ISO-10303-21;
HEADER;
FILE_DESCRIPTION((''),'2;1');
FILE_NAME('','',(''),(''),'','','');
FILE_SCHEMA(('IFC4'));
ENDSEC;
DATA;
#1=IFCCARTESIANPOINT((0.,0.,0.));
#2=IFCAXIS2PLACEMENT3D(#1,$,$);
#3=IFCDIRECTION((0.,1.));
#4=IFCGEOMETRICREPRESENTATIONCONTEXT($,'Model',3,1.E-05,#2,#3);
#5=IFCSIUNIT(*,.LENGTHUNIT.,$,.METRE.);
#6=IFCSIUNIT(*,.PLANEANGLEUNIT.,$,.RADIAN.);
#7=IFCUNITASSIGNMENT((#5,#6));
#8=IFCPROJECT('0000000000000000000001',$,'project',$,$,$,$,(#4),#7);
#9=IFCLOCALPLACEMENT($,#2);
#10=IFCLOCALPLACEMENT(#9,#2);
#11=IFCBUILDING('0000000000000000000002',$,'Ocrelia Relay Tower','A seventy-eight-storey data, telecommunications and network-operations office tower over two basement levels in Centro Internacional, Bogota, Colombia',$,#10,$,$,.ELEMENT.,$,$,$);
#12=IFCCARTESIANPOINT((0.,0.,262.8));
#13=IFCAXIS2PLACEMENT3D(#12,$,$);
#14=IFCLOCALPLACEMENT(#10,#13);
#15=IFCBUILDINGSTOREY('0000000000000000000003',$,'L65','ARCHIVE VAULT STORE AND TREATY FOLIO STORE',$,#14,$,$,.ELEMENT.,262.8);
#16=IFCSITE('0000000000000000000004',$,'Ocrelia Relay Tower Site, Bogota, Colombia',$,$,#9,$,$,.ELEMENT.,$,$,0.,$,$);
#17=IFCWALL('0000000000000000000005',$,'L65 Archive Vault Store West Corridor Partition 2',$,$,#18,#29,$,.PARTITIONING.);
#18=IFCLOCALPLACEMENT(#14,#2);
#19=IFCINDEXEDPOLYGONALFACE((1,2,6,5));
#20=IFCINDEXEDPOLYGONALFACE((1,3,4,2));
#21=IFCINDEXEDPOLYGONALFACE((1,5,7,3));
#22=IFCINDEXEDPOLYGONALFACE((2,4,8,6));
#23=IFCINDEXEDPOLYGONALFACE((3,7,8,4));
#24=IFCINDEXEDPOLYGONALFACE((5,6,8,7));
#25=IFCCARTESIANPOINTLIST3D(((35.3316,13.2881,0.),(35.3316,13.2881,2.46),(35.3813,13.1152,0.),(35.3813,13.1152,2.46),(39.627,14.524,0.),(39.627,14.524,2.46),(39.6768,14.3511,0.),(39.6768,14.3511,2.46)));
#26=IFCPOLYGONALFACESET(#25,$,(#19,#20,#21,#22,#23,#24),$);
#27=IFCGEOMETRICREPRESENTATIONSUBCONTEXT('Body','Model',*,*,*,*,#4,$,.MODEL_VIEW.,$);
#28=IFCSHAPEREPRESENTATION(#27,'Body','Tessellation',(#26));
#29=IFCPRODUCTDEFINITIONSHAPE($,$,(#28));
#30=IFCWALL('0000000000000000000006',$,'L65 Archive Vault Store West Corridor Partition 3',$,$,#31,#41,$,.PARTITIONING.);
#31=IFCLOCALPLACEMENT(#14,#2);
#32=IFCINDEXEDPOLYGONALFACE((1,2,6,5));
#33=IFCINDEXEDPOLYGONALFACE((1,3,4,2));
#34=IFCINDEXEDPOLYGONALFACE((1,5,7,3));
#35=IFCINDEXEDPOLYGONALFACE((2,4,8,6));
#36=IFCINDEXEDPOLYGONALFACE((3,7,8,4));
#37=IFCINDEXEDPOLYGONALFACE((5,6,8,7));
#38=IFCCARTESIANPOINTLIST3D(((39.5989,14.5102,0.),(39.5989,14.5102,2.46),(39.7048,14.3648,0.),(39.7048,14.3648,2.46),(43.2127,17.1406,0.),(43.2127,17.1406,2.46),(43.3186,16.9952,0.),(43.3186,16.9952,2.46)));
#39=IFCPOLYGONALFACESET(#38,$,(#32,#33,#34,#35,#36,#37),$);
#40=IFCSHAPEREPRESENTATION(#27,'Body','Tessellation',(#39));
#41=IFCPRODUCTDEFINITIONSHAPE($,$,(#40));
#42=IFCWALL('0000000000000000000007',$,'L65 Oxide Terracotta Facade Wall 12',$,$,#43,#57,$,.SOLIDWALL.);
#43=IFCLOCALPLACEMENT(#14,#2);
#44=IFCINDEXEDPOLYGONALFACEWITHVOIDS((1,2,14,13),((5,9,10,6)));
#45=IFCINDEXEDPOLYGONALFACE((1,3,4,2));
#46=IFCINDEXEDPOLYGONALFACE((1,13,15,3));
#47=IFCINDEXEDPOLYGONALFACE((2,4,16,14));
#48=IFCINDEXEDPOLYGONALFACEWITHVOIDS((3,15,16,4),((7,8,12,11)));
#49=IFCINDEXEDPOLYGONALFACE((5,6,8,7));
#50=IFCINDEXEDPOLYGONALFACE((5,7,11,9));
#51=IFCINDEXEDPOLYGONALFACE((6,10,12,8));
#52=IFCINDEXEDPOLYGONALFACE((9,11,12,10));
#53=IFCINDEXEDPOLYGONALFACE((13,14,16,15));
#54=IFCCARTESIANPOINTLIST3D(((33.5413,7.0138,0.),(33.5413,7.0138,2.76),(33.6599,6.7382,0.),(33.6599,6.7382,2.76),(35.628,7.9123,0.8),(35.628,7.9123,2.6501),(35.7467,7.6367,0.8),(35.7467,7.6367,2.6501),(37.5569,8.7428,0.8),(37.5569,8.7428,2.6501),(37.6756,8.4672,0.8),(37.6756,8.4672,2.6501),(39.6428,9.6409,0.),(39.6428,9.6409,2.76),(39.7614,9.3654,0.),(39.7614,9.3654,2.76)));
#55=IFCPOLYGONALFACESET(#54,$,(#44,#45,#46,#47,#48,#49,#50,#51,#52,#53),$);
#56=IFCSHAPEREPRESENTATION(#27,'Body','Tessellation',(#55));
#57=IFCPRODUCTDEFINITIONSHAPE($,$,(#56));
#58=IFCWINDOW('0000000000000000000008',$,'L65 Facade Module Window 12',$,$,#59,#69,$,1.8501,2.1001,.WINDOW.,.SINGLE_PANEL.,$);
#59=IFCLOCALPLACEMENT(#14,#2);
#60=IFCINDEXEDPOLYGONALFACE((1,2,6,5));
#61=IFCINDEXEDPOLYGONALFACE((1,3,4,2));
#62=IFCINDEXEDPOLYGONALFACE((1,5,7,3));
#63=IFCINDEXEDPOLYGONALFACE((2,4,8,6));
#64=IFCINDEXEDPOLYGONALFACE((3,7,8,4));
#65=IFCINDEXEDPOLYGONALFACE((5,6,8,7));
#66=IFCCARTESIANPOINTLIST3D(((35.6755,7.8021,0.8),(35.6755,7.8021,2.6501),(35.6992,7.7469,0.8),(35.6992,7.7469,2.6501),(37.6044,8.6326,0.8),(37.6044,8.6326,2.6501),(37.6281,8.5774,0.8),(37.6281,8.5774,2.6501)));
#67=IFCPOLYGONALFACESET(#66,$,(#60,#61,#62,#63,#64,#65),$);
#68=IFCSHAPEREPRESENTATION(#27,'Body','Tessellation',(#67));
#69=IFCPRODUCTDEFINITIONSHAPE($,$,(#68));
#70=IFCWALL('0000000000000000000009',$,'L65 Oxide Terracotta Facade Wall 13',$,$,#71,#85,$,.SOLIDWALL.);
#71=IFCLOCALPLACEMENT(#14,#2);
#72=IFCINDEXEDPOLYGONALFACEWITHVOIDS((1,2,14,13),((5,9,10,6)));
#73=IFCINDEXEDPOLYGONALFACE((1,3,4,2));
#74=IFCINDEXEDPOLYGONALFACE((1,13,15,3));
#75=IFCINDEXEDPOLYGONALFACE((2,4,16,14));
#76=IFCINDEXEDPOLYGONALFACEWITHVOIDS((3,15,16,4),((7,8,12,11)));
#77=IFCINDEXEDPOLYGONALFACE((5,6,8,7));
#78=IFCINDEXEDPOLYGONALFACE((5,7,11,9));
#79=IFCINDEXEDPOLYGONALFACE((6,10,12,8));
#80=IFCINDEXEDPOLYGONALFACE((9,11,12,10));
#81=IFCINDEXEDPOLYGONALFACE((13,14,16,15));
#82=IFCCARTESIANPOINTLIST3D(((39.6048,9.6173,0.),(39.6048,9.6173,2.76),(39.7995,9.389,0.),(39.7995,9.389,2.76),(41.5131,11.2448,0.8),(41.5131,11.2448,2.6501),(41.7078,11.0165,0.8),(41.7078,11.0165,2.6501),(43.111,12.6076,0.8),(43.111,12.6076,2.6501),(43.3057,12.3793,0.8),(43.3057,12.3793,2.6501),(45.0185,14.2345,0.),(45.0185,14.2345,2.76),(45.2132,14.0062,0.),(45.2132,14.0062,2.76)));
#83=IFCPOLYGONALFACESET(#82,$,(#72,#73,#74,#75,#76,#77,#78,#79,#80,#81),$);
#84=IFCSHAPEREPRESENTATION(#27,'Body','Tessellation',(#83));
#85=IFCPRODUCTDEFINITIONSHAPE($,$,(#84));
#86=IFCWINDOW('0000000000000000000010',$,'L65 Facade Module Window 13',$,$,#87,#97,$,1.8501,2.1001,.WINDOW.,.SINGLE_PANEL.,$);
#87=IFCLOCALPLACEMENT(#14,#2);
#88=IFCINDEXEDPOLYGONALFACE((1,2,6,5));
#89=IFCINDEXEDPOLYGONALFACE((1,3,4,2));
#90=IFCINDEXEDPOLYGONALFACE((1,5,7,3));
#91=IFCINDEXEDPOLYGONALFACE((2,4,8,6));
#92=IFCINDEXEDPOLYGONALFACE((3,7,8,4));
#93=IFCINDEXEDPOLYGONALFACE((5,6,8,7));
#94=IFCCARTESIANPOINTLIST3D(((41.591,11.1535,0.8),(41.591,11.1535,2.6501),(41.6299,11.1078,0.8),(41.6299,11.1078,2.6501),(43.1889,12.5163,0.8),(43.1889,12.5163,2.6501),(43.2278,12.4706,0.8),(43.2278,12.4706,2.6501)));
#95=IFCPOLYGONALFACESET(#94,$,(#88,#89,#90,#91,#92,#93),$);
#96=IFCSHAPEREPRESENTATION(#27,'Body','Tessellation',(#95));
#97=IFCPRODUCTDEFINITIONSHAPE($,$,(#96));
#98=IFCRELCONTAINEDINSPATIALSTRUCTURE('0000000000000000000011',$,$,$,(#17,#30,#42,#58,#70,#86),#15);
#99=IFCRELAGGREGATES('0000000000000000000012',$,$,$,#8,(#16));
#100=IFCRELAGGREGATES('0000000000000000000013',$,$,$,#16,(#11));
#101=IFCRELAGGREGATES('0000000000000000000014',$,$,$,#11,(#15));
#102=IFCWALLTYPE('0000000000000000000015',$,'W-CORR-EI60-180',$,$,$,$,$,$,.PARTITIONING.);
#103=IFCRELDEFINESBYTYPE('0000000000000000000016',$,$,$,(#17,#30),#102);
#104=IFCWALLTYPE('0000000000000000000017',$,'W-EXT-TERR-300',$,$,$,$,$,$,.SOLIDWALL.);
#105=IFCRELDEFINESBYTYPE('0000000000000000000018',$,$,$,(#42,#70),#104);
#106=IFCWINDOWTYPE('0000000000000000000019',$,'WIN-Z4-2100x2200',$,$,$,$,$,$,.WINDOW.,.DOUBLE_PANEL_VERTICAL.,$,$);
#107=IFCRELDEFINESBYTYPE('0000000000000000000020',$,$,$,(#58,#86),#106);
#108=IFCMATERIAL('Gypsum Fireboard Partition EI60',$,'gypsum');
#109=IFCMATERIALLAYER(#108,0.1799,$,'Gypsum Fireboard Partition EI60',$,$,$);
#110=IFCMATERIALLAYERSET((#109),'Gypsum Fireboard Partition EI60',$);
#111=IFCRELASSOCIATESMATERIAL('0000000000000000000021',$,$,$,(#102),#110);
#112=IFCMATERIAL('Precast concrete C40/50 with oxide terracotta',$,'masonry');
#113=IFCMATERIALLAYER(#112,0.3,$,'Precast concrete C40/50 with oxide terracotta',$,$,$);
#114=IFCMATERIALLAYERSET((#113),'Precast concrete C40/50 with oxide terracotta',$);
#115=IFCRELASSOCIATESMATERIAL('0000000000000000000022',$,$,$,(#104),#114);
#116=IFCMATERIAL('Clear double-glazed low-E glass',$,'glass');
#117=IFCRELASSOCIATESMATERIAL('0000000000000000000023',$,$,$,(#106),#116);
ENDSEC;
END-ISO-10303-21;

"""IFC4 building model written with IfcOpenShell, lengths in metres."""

from ifc_helpers import new_model, si_unit, direction, frame, frame_2d, origin, place, context, subcontext, project, spatial, rectangle, extrude, material, layer, layer_set, type_object, element, fill, save


model = new_model("IFC4")

# Units and contexts
model_context = context("Model", 3, precision=1e-05, world=origin(), true_north=direction((0.0, 1.0)))
body_context = subcontext(model_context, "Body", "Model", "MODEL_VIEW")
ifc_project = project(units=[si_unit("LENGTHUNIT", "METRE"), si_unit("PLANEANGLEUNIT", "RADIAN")], contexts=[model_context])

# Site, building, storey
site_placement = place(None, origin())
site = spatial("IfcSite", under=ifc_project, at=site_placement, Name="Ocrelia Relay Tower Site, Bogota, Colombia", CompositionType="ELEMENT", RefElevation=0.0)
building_placement = place(site_placement, origin())
building = spatial("IfcBuilding", under=site, at=building_placement, Name="Ocrelia Relay Tower", Description="A seventy-eight-storey data, telecommunications and network-operations office tower over two basement levels in Centro Internacional, Bogota, Colombia", CompositionType="ELEMENT")
storey_placement = place(building_placement, frame((0.0, 0.0, 262.8)))
storey = spatial("IfcBuildingStorey", under=building, at=storey_placement, Name="L65", Description="ARCHIVE VAULT STORE AND TREATY FOLIO STORE", CompositionType="ELEMENT", Elevation=262.8)

# Walls
ifc_material_1 = material(Name="Gypsum Fireboard Partition EI60", Category="gypsum")
ifc_layer_1 = layer(ifc_material_1, 0.1799, Name="Gypsum Fireboard Partition EI60")
ifc_layer_set_1 = layer_set([ifc_layer_1], Name="Gypsum Fireboard Partition EI60")
wall_type_1 = type_object("IfcWallType", Name="W-CORR-EI60-180", PredefinedType="PARTITIONING", material=ifc_layer_set_1)
for number, where, z_axis, x_axis, name in (
    (1, (35.3564, 13.2017, 0.0), (0.0, 0.0, 1.0), (0.961015, 0.276495, 0.0), "L65 Archive Vault Store West Corridor Partition 2"),
    (2, (39.6519, 14.4375, 0.0), (0.0, 0.0, 1.0), (0.808505, 0.58849, 0.0), "L65 Archive Vault Store West Corridor Partition 3"),
):
    element("IfcWall", number, at=place(storey_placement, frame(where, z_axis=z_axis, x_axis=x_axis)), inside=storey, type_object=wall_type_1, Name=name, PredefinedType="PARTITIONING", context=body_context, shape_type="SweptSolid", body=[
        extrude(rectangle(XDim=4.4697, YDim=0.1799, at=frame_2d((2.2349, 0.0))), origin(), (0.0, 0.0, 1.0), 2.46),
    ])

# Walls, openings, windows
ifc_material_2 = material(Name="Precast concrete C40/50 with oxide terracotta", Category="masonry")
ifc_layer_2 = layer(ifc_material_2, 0.3, Name="Precast concrete C40/50 with oxide terracotta")
ifc_layer_set_2 = layer_set([ifc_layer_2], Name="Precast concrete C40/50 with oxide terracotta")
wall_type_2 = type_object("IfcWallType", Name="W-EXT-TERR-300", PredefinedType="SOLIDWALL", material=ifc_layer_set_2)
wall_1_placement = place(storey_placement, frame((33.6006, 6.876, 0.0), z_axis=(0.0, 0.0, 1.0), x_axis=(0.918476, 0.395476, 0.0)))
wall_1 = element("IfcWall", 3, at=wall_1_placement, inside=storey, type_object=wall_type_2, Name="L65 Oxide Terracotta Facade Wall 12", PredefinedType="SOLIDWALL", context=body_context, shape_type="SweptSolid", body=[
    extrude(rectangle(XDim=6.6431, YDim=0.3, at=frame_2d((3.3215, 0.0))), origin(), (0.0, 0.0, 1.0), 2.76),
])
opening_1_placement = place(wall_1_placement, frame((2.272, 0.0, 0.8)))
opening_1 = element("IfcOpeningElement", 4, at=opening_1_placement, cuts=wall_1, PredefinedType="OPENING", context=body_context, shape_type="SweptSolid", body=[
    extrude(rectangle(XDim=2.1001, YDim=1.8501, at=frame_2d((1.05, 0.925))), frame((0.0, 0.1602, 0.0), z_axis=(0.0, -1.0, 0.0), x_axis=(1.0, 0.0, 0.0)), (0.0, 0.0, 1.0), 0.3201),
])
ifc_material_3 = material(Name="Clear double-glazed low-E glass", Category="glass")
window_type = type_object("IfcWindowType", Name="WIN-Z4-2100x2200", PartitioningType="DOUBLE_PANEL_VERTICAL", PredefinedType="WINDOW", material=ifc_material_3)
window_1_placement = place(opening_1_placement, origin())
window_1 = element("IfcWindow", 5, at=window_1_placement, inside=storey, type_object=window_type, Name="L65 Facade Module Window 12", OverallHeight=1.8501, OverallWidth=2.1001, PartitioningType="SINGLE_PANEL", PredefinedType="WINDOW", context=body_context, shape_type="SweptSolid", body=[
    extrude(rectangle(XDim=2.1001, YDim=1.8501, at=frame_2d((1.05, 0.925))), frame((0.0, 0.03, 0.0), z_axis=(0.0, -1.0, 0.0), x_axis=(1.0, 0.0, 0.0)), (0.0, 0.0, 1.0), 0.0601),
])
fill(opening_1, window_1)
wall_2_placement = place(storey_placement, frame((39.7021, 9.5032, 0.0), z_axis=(0.0, 0.0, 1.0), x_axis=(0.760867, 0.648907, 0.0)))
wall_2 = element("IfcWall", 6, at=wall_2_placement, inside=storey, type_object=wall_type_2, Name="L65 Oxide Terracotta Facade Wall 13", PredefinedType="SOLIDWALL", context=body_context, shape_type="SweptSolid", body=[
    extrude(rectangle(XDim=7.1152, YDim=0.3, at=frame_2d((3.5576, 0.0))), origin(), (0.0, 0.0, 1.0), 2.76),
])
opening_2_placement = place(wall_2_placement, frame((2.5081, 0.0, 0.8)))
opening_2 = element("IfcOpeningElement", 7, at=opening_2_placement, cuts=wall_2, PredefinedType="OPENING", context=body_context, shape_type="SweptSolid", body=[
    extrude(rectangle(XDim=2.1001, YDim=1.8501, at=frame_2d((1.05, 0.925))), frame((0.0, 0.1602, 0.0), z_axis=(0.0, -1.0, 0.0), x_axis=(1.0, 0.0, 0.0)), (0.0, 0.0, 1.0), 0.3201),
])
window_2_placement = place(opening_2_placement, origin())
window_2 = element("IfcWindow", 8, at=window_2_placement, inside=storey, type_object=window_type, Name="L65 Facade Module Window 13", OverallHeight=1.8501, OverallWidth=2.1001, PartitioningType="SINGLE_PANEL", PredefinedType="WINDOW", context=body_context, shape_type="SweptSolid", body=[
    extrude(rectangle(XDim=2.1001, YDim=1.8501, at=frame_2d((1.05, 0.925))), frame((0.0, 0.03, 0.0), z_axis=(0.0, -1.0, 0.0), x_axis=(1.0, 0.0, 0.0)), (0.0, 0.0, 1.0), 0.0601),
])
fill(opening_2, window_2)

save(model, "model.ifc")
